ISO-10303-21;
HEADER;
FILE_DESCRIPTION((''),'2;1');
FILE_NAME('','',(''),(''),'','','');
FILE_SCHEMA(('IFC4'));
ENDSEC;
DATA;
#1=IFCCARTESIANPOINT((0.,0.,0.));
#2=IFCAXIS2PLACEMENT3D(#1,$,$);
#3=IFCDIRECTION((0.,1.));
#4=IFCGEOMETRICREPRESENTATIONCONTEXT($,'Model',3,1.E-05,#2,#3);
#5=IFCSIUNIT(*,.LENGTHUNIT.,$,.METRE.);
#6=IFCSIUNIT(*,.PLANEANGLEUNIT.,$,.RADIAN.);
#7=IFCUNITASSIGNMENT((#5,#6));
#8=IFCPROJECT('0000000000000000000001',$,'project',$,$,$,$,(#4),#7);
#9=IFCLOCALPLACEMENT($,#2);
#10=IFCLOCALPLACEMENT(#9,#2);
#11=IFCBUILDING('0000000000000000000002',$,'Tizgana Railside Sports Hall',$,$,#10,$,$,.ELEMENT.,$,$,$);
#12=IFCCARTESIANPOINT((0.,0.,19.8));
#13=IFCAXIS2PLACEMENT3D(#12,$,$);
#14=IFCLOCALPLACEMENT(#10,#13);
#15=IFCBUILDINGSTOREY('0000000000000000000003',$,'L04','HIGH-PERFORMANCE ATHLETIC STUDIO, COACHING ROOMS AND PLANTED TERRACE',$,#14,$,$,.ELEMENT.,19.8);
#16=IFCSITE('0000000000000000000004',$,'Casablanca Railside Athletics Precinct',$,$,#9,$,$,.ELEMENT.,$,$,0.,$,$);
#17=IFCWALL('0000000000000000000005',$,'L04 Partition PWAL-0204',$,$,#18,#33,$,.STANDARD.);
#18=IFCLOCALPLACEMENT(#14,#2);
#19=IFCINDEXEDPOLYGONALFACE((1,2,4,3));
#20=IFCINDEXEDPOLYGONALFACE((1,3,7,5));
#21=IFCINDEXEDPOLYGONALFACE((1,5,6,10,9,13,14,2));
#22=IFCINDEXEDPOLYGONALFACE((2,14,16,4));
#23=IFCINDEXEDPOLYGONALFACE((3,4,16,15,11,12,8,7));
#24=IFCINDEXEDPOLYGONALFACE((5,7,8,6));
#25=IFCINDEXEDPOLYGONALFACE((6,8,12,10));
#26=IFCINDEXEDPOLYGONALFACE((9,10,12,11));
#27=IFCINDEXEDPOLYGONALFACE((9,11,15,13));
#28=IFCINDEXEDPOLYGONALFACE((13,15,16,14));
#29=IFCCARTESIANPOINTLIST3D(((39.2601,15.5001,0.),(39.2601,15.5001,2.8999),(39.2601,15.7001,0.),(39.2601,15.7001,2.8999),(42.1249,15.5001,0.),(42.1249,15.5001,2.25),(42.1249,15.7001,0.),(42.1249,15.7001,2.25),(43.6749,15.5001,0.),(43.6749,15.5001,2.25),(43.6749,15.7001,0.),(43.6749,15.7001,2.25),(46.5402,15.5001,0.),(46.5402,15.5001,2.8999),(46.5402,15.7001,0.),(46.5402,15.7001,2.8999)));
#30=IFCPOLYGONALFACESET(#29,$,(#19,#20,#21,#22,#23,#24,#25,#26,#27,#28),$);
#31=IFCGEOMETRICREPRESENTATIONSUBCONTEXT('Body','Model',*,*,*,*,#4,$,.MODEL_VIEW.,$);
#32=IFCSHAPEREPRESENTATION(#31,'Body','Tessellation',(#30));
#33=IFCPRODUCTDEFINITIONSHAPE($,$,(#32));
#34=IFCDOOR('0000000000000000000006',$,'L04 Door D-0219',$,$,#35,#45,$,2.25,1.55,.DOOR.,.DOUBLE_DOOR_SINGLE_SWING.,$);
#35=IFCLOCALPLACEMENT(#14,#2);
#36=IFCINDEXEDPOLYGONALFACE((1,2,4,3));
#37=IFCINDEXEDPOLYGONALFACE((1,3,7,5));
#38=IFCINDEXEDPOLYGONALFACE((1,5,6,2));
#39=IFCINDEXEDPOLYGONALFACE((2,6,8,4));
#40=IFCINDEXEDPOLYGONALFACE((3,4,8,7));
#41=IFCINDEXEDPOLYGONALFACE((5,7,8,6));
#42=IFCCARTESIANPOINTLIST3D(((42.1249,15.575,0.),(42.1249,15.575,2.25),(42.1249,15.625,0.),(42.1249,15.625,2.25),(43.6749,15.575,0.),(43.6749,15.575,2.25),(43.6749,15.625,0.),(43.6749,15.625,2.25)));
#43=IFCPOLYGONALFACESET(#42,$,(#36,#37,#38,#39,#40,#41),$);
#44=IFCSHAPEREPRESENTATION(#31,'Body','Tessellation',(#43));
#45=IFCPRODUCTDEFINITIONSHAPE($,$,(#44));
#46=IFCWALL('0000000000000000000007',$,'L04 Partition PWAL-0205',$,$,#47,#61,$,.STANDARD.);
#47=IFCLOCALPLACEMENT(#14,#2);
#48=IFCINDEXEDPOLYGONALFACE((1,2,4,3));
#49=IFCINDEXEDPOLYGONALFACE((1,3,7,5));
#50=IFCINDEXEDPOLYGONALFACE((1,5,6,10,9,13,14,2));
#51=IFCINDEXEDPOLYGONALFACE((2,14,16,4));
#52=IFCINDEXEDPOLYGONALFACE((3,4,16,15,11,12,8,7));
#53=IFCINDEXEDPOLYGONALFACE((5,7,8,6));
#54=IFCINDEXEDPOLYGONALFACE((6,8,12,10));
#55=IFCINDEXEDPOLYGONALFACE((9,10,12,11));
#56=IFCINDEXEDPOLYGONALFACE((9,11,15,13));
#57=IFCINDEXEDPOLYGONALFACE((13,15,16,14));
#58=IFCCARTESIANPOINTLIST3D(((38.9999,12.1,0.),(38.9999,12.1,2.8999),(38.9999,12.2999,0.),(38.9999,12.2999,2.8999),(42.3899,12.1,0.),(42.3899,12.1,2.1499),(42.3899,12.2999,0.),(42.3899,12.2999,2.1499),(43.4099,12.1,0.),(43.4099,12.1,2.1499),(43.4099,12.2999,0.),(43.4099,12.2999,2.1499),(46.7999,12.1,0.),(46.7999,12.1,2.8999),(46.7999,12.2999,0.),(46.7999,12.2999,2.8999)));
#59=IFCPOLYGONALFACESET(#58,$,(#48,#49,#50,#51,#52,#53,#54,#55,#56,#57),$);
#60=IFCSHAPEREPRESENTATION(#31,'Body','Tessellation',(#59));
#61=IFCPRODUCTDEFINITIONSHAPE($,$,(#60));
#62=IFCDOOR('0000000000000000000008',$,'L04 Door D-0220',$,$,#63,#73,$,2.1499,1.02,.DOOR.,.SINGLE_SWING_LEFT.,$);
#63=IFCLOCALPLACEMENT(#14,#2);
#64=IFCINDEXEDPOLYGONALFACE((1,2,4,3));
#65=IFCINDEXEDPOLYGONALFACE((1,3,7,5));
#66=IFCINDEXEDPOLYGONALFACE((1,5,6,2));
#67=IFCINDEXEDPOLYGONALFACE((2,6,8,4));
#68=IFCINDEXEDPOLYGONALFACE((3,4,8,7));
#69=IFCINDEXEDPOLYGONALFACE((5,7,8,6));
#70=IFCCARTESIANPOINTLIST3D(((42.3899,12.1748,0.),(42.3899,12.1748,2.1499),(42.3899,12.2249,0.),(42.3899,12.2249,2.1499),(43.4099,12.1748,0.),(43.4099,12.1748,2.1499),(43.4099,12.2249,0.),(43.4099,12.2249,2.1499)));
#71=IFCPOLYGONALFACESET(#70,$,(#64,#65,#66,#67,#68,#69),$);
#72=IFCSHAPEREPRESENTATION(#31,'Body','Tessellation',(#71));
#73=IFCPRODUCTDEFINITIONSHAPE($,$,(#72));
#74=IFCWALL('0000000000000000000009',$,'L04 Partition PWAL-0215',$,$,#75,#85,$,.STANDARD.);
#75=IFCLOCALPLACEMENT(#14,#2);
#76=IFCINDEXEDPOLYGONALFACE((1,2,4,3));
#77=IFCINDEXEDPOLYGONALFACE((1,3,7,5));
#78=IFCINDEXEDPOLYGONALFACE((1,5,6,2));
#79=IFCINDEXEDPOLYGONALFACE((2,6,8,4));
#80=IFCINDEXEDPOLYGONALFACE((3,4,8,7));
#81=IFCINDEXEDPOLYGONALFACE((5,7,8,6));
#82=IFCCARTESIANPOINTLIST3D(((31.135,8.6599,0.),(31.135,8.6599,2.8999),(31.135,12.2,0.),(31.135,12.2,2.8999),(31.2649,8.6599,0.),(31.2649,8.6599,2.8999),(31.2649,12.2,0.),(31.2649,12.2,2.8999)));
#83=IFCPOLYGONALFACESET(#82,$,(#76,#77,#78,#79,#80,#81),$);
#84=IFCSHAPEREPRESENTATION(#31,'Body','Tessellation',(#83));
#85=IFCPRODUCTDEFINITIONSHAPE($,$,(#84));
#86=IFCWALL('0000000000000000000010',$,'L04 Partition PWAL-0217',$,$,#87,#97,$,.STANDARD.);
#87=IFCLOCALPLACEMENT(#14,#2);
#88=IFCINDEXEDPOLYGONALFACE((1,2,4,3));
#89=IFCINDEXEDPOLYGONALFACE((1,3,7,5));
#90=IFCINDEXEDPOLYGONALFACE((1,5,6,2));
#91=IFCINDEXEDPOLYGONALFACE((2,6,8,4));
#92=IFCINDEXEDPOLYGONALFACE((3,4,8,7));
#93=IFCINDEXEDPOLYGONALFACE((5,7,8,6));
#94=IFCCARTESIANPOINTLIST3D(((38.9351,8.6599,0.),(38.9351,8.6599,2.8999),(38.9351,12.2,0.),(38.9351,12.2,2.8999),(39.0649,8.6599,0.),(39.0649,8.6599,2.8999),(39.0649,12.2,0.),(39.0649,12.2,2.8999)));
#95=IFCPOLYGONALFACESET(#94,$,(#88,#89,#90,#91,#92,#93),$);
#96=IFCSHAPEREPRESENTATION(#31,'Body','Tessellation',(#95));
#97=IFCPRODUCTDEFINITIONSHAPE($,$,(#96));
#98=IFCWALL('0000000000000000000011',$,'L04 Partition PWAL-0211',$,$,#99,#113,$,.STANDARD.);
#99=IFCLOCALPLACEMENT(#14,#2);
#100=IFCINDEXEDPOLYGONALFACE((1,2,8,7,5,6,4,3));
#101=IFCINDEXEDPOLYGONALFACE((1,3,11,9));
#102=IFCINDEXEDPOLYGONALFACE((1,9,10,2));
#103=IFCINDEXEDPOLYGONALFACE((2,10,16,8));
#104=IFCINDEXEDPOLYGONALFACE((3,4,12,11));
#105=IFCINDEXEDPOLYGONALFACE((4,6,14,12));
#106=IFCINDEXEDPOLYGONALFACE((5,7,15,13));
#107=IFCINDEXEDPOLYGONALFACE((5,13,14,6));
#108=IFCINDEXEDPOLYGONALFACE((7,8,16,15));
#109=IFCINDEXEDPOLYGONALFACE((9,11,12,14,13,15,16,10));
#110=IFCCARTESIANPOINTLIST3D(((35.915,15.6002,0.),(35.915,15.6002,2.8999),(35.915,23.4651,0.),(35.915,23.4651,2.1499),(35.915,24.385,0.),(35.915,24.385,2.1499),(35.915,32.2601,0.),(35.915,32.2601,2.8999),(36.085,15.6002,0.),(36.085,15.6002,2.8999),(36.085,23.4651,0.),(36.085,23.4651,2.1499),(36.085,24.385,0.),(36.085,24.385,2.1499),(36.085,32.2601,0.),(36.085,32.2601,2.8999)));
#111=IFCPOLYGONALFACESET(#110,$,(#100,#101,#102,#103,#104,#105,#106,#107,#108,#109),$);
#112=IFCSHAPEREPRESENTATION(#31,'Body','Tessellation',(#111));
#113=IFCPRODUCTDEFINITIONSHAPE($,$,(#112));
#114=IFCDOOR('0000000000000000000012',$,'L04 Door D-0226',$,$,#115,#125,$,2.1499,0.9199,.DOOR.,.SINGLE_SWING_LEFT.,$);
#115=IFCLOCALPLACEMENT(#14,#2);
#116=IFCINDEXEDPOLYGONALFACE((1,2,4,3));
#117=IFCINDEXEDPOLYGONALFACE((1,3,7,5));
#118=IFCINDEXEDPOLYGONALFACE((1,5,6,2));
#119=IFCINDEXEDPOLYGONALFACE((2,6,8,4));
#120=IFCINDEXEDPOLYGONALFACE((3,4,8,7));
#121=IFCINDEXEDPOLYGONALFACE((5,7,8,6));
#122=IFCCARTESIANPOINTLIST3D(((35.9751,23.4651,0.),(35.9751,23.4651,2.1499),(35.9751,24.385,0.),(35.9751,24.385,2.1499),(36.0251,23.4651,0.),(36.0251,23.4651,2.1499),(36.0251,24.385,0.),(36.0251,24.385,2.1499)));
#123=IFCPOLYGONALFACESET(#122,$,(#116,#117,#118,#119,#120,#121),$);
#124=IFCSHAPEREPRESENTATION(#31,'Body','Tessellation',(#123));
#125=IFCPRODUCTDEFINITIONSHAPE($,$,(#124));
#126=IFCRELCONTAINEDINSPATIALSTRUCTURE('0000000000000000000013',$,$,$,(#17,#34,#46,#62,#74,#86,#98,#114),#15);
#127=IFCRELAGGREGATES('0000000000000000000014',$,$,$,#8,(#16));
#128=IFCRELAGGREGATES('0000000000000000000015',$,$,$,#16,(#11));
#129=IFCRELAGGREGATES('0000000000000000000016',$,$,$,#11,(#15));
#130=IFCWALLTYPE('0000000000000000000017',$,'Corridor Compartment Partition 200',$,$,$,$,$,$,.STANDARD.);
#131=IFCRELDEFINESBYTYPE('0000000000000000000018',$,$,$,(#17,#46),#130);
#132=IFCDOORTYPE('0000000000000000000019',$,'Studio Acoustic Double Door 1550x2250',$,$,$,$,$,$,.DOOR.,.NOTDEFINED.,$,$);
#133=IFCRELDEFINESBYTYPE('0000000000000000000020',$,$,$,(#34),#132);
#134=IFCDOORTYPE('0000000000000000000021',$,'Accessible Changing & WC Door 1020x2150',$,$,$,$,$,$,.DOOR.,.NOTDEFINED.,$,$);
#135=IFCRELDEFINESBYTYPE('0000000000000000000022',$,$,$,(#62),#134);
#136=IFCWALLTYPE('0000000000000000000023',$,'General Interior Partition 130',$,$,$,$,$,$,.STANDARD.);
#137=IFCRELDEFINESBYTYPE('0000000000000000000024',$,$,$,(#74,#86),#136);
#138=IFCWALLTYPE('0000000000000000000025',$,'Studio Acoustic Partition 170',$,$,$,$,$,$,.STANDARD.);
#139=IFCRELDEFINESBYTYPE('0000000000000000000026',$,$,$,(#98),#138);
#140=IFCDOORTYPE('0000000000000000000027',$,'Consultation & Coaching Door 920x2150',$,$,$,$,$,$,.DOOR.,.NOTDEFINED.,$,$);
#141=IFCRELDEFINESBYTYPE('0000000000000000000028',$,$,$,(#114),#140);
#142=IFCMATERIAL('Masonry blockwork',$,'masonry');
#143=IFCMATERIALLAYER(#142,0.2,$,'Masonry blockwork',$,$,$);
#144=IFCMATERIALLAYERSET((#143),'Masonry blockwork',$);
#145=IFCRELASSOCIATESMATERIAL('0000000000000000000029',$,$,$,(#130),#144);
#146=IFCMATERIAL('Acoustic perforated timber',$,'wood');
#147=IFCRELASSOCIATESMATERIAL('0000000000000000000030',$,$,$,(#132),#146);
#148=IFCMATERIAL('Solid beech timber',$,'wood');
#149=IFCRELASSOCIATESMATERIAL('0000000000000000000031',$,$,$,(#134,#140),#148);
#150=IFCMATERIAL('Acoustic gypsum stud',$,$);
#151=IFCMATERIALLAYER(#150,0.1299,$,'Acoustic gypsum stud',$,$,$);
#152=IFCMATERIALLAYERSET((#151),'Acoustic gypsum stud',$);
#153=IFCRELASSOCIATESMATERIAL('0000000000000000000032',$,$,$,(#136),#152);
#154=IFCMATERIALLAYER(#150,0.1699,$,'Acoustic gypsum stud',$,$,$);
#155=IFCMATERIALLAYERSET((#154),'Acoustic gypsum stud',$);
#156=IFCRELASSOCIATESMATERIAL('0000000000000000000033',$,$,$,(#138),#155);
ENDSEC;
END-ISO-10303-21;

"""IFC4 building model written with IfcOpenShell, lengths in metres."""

from ifc_helpers import new_model, si_unit, direction, frame, frame_2d, origin, place, context, subcontext, project, spatial, rectangle, extrude, material, layer, layer_set, type_object, element, fill, save


model = new_model("IFC4")

# Units and contexts
model_context = context("Model", 3, precision=1e-05, world=origin(), true_north=direction((0.0, 1.0)))
body_context = subcontext(model_context, "Body", "Model", "MODEL_VIEW")
ifc_project = project(units=[si_unit("LENGTHUNIT", "METRE"), si_unit("PLANEANGLEUNIT", "RADIAN")], contexts=[model_context])

# Site, building, storey
site_placement = place(None, origin())
site = spatial("IfcSite", under=ifc_project, at=site_placement, Name="Casablanca Railside Athletics Precinct", CompositionType="ELEMENT", RefElevation=0.0)
building_placement = place(site_placement, origin())
building = spatial("IfcBuilding", under=site, at=building_placement, Name="Tizgana Railside Sports Hall", CompositionType="ELEMENT")
storey_placement = place(building_placement, frame((0.0, 0.0, 19.8)))
storey = spatial("IfcBuildingStorey", under=building, at=storey_placement, Name="L04", Description="HIGH-PERFORMANCE ATHLETIC STUDIO, COACHING ROOMS AND PLANTED TERRACE", CompositionType="ELEMENT", Elevation=19.8)

# Walls, openings, doors
ifc_material_1 = material(Name="Masonry blockwork", Category="masonry")
ifc_layer_1 = layer(ifc_material_1, 0.2, Name="Masonry blockwork")
ifc_layer_set_1 = layer_set([ifc_layer_1], Name="Masonry blockwork")
wall_type_1 = type_object("IfcWallType", Name="Corridor Compartment Partition 200", PredefinedType="STANDARD", material=ifc_layer_set_1)
ifc_material_2 = material(Name="Acoustic perforated timber", Category="wood")
door_type_1 = type_object("IfcDoorType", Name="Studio Acoustic Double Door 1550x2250", OperationType="NOTDEFINED", PredefinedType="DOOR", material=ifc_material_2)
ifc_material_3 = material(Name="Solid beech timber", Category="wood")
door_type_2 = type_object("IfcDoorType", Name="Accessible Changing & WC Door 1020x2150", OperationType="NOTDEFINED", PredefinedType="DOOR", material=ifc_material_3)
wall_1_placement = place(storey_placement, frame((39.26, 15.6001, 0.0), z_axis=(0.0, 0.0, 1.0), x_axis=(1.0, 0.0, 0.0)))
wall_1 = element("IfcWall", 1, at=wall_1_placement, inside=storey, type_object=wall_type_1, Name="L04 Partition PWAL-0204", PredefinedType="STANDARD", context=body_context, shape_type="SweptSolid", body=[
    extrude(rectangle(XDim=7.28, YDim=0.2, at=frame_2d((3.6401, 0.0))), origin(), (0.0, 0.0, 1.0), 2.8999),
])
opening_1_placement = place(wall_1_placement, frame((2.865, 0.0, 0.0)))
opening_1 = element("IfcOpeningElement", 2, at=opening_1_placement, cuts=wall_1, PredefinedType="OPENING", context=body_context, shape_type="SweptSolid", body=[
    extrude(rectangle(XDim=1.55, YDim=2.25, at=frame_2d((0.7749, 1.125))), frame((0.0, 0.1099, 0.0), z_axis=(0.0, -1.0, 0.0), x_axis=(1.0, 0.0, 0.0)), (0.0, 0.0, 1.0), 0.22),
])
door_1_placement = place(opening_1_placement, origin())
door_1 = element("IfcDoor", 3, at=door_1_placement, inside=storey, type_object=door_type_1, Name="L04 Door D-0219", OperationType="DOUBLE_DOOR_SINGLE_SWING", OverallHeight=2.25, OverallWidth=1.55, PredefinedType="DOOR", context=body_context, shape_type="SweptSolid", body=[
    extrude(rectangle(XDim=1.55, YDim=2.25, at=frame_2d((0.7749, 1.125))), frame((0.0, 0.0249, 0.0), z_axis=(0.0, -1.0, 0.0), x_axis=(1.0, 0.0, 0.0)), (0.0, 0.0, 1.0), 0.05),
])
fill(opening_1, door_1)
wall_2_placement = place(storey_placement, frame((39.0, 12.2, 0.0), z_axis=(0.0, 0.0, 1.0), x_axis=(1.0, 0.0, 0.0)))
wall_2 = element("IfcWall", 4, at=wall_2_placement, inside=storey, type_object=wall_type_1, Name="L04 Partition PWAL-0205", PredefinedType="STANDARD", context=body_context, shape_type="SweptSolid", body=[
    extrude(rectangle(XDim=7.8, YDim=0.2, at=frame_2d((3.8999, 0.0))), origin(), (0.0, 0.0, 1.0), 2.8999),
])
opening_2_placement = place(wall_2_placement, frame((3.3899, 0.0, 0.0)))
opening_2 = element("IfcOpeningElement", 5, at=opening_2_placement, cuts=wall_2, PredefinedType="OPENING", context=body_context, shape_type="SweptSolid", body=[
    extrude(rectangle(XDim=1.02, YDim=2.1499, at=frame_2d((0.51, 1.075))), frame((0.0, 0.1099, 0.0), z_axis=(0.0, -1.0, 0.0), x_axis=(1.0, 0.0, 0.0)), (0.0, 0.0, 1.0), 0.22),
])
door_2_placement = place(opening_2_placement, origin())
door_2 = element("IfcDoor", 6, at=door_2_placement, inside=storey, type_object=door_type_2, Name="L04 Door D-0220", OperationType="SINGLE_SWING_LEFT", OverallHeight=2.1499, OverallWidth=1.02, PredefinedType="DOOR", context=body_context, shape_type="SweptSolid", body=[
    extrude(rectangle(XDim=1.02, YDim=2.1499, at=frame_2d((0.51, 1.075))), frame((0.0, 0.0249, 0.0), z_axis=(0.0, -1.0, 0.0), x_axis=(1.0, 0.0, 0.0)), (0.0, 0.0, 1.0), 0.05),
])
fill(opening_2, door_2)

# Walls
ifc_material_4 = material(Name="Acoustic gypsum stud")
ifc_layer_2 = layer(ifc_material_4, 0.1299, Name="Acoustic gypsum stud")
ifc_layer_set_2 = layer_set([ifc_layer_2], Name="Acoustic gypsum stud")
wall_type_2 = type_object("IfcWallType", Name="General Interior Partition 130", PredefinedType="STANDARD", material=ifc_layer_set_2)
for number, where, z_axis, x_axis, name in (
    (7, (31.2, 8.6599, 0.0), (0.0, 0.0, 1.0), (0.0, 1.0, 0.0), "L04 Partition PWAL-0215"),
    (8, (39.0, 8.6599, 0.0), (0.0, 0.0, 1.0), (0.0, 1.0, 0.0), "L04 Partition PWAL-0217"),
):
    element("IfcWall", number, at=place(storey_placement, frame(where, z_axis=z_axis, x_axis=x_axis)), inside=storey, type_object=wall_type_2, Name=name, PredefinedType="STANDARD", context=body_context, shape_type="SweptSolid", body=[
        extrude(rectangle(XDim=3.54, YDim=0.1299, at=frame_2d((1.77, 0.0))), origin(), (0.0, 0.0, 1.0), 2.8999),
    ])

# Wall, opening, door
ifc_layer_3 = layer(ifc_material_4, 0.1699, Name="Acoustic gypsum stud")
ifc_layer_set_3 = layer_set([ifc_layer_3], Name="Acoustic gypsum stud")
wall_type_3 = type_object("IfcWallType", Name="Studio Acoustic Partition 170", PredefinedType="STANDARD", material=ifc_layer_set_3)
wall_3_placement = place(storey_placement, frame((36.0, 15.6001, 0.0), z_axis=(0.0, 0.0, 1.0), x_axis=(0.0, 1.0, 0.0)))
wall_3 = element("IfcWall", 9, at=wall_3_placement, inside=storey, type_object=wall_type_3, Name="L04 Partition PWAL-0211", PredefinedType="STANDARD", context=body_context, shape_type="SweptSolid", body=[
    extrude(rectangle(XDim=16.6599, YDim=0.1699, at=frame_2d((8.3301, 0.0))), origin(), (0.0, 0.0, 1.0), 2.8999),
])
opening_3_placement = place(wall_3_placement, frame((7.865, 0.0, 0.0)))
opening_3 = element("IfcOpeningElement", 10, at=opening_3_placement, cuts=wall_3, PredefinedType="OPENING", context=body_context, shape_type="SweptSolid", body=[
    extrude(rectangle(XDim=0.9199, YDim=2.1499, at=frame_2d((0.46, 1.075))), frame((0.0, 0.095, 0.0), z_axis=(0.0, -1.0, 0.0), x_axis=(1.0, 0.0, 0.0)), (0.0, 0.0, 1.0), 0.1899),
])
door_type_3 = type_object("IfcDoorType", Name="Consultation & Coaching Door 920x2150", OperationType="NOTDEFINED", PredefinedType="DOOR", material=ifc_material_3)
door_3_placement = place(opening_3_placement, origin())
door_3 = element("IfcDoor", 11, at=door_3_placement, inside=storey, type_object=door_type_3, Name="L04 Door D-0226", OperationType="SINGLE_SWING_LEFT", OverallHeight=2.1499, OverallWidth=0.9199, PredefinedType="DOOR", context=body_context, shape_type="SweptSolid", body=[
    extrude(rectangle(XDim=0.9199, YDim=2.1499, at=frame_2d((0.46, 1.075))), frame((0.0, 0.0249, 0.0), z_axis=(0.0, -1.0, 0.0), x_axis=(1.0, 0.0, 0.0)), (0.0, 0.0, 1.0), 0.05),
])
fill(opening_3, door_3)

save(model, "model.ifc")
